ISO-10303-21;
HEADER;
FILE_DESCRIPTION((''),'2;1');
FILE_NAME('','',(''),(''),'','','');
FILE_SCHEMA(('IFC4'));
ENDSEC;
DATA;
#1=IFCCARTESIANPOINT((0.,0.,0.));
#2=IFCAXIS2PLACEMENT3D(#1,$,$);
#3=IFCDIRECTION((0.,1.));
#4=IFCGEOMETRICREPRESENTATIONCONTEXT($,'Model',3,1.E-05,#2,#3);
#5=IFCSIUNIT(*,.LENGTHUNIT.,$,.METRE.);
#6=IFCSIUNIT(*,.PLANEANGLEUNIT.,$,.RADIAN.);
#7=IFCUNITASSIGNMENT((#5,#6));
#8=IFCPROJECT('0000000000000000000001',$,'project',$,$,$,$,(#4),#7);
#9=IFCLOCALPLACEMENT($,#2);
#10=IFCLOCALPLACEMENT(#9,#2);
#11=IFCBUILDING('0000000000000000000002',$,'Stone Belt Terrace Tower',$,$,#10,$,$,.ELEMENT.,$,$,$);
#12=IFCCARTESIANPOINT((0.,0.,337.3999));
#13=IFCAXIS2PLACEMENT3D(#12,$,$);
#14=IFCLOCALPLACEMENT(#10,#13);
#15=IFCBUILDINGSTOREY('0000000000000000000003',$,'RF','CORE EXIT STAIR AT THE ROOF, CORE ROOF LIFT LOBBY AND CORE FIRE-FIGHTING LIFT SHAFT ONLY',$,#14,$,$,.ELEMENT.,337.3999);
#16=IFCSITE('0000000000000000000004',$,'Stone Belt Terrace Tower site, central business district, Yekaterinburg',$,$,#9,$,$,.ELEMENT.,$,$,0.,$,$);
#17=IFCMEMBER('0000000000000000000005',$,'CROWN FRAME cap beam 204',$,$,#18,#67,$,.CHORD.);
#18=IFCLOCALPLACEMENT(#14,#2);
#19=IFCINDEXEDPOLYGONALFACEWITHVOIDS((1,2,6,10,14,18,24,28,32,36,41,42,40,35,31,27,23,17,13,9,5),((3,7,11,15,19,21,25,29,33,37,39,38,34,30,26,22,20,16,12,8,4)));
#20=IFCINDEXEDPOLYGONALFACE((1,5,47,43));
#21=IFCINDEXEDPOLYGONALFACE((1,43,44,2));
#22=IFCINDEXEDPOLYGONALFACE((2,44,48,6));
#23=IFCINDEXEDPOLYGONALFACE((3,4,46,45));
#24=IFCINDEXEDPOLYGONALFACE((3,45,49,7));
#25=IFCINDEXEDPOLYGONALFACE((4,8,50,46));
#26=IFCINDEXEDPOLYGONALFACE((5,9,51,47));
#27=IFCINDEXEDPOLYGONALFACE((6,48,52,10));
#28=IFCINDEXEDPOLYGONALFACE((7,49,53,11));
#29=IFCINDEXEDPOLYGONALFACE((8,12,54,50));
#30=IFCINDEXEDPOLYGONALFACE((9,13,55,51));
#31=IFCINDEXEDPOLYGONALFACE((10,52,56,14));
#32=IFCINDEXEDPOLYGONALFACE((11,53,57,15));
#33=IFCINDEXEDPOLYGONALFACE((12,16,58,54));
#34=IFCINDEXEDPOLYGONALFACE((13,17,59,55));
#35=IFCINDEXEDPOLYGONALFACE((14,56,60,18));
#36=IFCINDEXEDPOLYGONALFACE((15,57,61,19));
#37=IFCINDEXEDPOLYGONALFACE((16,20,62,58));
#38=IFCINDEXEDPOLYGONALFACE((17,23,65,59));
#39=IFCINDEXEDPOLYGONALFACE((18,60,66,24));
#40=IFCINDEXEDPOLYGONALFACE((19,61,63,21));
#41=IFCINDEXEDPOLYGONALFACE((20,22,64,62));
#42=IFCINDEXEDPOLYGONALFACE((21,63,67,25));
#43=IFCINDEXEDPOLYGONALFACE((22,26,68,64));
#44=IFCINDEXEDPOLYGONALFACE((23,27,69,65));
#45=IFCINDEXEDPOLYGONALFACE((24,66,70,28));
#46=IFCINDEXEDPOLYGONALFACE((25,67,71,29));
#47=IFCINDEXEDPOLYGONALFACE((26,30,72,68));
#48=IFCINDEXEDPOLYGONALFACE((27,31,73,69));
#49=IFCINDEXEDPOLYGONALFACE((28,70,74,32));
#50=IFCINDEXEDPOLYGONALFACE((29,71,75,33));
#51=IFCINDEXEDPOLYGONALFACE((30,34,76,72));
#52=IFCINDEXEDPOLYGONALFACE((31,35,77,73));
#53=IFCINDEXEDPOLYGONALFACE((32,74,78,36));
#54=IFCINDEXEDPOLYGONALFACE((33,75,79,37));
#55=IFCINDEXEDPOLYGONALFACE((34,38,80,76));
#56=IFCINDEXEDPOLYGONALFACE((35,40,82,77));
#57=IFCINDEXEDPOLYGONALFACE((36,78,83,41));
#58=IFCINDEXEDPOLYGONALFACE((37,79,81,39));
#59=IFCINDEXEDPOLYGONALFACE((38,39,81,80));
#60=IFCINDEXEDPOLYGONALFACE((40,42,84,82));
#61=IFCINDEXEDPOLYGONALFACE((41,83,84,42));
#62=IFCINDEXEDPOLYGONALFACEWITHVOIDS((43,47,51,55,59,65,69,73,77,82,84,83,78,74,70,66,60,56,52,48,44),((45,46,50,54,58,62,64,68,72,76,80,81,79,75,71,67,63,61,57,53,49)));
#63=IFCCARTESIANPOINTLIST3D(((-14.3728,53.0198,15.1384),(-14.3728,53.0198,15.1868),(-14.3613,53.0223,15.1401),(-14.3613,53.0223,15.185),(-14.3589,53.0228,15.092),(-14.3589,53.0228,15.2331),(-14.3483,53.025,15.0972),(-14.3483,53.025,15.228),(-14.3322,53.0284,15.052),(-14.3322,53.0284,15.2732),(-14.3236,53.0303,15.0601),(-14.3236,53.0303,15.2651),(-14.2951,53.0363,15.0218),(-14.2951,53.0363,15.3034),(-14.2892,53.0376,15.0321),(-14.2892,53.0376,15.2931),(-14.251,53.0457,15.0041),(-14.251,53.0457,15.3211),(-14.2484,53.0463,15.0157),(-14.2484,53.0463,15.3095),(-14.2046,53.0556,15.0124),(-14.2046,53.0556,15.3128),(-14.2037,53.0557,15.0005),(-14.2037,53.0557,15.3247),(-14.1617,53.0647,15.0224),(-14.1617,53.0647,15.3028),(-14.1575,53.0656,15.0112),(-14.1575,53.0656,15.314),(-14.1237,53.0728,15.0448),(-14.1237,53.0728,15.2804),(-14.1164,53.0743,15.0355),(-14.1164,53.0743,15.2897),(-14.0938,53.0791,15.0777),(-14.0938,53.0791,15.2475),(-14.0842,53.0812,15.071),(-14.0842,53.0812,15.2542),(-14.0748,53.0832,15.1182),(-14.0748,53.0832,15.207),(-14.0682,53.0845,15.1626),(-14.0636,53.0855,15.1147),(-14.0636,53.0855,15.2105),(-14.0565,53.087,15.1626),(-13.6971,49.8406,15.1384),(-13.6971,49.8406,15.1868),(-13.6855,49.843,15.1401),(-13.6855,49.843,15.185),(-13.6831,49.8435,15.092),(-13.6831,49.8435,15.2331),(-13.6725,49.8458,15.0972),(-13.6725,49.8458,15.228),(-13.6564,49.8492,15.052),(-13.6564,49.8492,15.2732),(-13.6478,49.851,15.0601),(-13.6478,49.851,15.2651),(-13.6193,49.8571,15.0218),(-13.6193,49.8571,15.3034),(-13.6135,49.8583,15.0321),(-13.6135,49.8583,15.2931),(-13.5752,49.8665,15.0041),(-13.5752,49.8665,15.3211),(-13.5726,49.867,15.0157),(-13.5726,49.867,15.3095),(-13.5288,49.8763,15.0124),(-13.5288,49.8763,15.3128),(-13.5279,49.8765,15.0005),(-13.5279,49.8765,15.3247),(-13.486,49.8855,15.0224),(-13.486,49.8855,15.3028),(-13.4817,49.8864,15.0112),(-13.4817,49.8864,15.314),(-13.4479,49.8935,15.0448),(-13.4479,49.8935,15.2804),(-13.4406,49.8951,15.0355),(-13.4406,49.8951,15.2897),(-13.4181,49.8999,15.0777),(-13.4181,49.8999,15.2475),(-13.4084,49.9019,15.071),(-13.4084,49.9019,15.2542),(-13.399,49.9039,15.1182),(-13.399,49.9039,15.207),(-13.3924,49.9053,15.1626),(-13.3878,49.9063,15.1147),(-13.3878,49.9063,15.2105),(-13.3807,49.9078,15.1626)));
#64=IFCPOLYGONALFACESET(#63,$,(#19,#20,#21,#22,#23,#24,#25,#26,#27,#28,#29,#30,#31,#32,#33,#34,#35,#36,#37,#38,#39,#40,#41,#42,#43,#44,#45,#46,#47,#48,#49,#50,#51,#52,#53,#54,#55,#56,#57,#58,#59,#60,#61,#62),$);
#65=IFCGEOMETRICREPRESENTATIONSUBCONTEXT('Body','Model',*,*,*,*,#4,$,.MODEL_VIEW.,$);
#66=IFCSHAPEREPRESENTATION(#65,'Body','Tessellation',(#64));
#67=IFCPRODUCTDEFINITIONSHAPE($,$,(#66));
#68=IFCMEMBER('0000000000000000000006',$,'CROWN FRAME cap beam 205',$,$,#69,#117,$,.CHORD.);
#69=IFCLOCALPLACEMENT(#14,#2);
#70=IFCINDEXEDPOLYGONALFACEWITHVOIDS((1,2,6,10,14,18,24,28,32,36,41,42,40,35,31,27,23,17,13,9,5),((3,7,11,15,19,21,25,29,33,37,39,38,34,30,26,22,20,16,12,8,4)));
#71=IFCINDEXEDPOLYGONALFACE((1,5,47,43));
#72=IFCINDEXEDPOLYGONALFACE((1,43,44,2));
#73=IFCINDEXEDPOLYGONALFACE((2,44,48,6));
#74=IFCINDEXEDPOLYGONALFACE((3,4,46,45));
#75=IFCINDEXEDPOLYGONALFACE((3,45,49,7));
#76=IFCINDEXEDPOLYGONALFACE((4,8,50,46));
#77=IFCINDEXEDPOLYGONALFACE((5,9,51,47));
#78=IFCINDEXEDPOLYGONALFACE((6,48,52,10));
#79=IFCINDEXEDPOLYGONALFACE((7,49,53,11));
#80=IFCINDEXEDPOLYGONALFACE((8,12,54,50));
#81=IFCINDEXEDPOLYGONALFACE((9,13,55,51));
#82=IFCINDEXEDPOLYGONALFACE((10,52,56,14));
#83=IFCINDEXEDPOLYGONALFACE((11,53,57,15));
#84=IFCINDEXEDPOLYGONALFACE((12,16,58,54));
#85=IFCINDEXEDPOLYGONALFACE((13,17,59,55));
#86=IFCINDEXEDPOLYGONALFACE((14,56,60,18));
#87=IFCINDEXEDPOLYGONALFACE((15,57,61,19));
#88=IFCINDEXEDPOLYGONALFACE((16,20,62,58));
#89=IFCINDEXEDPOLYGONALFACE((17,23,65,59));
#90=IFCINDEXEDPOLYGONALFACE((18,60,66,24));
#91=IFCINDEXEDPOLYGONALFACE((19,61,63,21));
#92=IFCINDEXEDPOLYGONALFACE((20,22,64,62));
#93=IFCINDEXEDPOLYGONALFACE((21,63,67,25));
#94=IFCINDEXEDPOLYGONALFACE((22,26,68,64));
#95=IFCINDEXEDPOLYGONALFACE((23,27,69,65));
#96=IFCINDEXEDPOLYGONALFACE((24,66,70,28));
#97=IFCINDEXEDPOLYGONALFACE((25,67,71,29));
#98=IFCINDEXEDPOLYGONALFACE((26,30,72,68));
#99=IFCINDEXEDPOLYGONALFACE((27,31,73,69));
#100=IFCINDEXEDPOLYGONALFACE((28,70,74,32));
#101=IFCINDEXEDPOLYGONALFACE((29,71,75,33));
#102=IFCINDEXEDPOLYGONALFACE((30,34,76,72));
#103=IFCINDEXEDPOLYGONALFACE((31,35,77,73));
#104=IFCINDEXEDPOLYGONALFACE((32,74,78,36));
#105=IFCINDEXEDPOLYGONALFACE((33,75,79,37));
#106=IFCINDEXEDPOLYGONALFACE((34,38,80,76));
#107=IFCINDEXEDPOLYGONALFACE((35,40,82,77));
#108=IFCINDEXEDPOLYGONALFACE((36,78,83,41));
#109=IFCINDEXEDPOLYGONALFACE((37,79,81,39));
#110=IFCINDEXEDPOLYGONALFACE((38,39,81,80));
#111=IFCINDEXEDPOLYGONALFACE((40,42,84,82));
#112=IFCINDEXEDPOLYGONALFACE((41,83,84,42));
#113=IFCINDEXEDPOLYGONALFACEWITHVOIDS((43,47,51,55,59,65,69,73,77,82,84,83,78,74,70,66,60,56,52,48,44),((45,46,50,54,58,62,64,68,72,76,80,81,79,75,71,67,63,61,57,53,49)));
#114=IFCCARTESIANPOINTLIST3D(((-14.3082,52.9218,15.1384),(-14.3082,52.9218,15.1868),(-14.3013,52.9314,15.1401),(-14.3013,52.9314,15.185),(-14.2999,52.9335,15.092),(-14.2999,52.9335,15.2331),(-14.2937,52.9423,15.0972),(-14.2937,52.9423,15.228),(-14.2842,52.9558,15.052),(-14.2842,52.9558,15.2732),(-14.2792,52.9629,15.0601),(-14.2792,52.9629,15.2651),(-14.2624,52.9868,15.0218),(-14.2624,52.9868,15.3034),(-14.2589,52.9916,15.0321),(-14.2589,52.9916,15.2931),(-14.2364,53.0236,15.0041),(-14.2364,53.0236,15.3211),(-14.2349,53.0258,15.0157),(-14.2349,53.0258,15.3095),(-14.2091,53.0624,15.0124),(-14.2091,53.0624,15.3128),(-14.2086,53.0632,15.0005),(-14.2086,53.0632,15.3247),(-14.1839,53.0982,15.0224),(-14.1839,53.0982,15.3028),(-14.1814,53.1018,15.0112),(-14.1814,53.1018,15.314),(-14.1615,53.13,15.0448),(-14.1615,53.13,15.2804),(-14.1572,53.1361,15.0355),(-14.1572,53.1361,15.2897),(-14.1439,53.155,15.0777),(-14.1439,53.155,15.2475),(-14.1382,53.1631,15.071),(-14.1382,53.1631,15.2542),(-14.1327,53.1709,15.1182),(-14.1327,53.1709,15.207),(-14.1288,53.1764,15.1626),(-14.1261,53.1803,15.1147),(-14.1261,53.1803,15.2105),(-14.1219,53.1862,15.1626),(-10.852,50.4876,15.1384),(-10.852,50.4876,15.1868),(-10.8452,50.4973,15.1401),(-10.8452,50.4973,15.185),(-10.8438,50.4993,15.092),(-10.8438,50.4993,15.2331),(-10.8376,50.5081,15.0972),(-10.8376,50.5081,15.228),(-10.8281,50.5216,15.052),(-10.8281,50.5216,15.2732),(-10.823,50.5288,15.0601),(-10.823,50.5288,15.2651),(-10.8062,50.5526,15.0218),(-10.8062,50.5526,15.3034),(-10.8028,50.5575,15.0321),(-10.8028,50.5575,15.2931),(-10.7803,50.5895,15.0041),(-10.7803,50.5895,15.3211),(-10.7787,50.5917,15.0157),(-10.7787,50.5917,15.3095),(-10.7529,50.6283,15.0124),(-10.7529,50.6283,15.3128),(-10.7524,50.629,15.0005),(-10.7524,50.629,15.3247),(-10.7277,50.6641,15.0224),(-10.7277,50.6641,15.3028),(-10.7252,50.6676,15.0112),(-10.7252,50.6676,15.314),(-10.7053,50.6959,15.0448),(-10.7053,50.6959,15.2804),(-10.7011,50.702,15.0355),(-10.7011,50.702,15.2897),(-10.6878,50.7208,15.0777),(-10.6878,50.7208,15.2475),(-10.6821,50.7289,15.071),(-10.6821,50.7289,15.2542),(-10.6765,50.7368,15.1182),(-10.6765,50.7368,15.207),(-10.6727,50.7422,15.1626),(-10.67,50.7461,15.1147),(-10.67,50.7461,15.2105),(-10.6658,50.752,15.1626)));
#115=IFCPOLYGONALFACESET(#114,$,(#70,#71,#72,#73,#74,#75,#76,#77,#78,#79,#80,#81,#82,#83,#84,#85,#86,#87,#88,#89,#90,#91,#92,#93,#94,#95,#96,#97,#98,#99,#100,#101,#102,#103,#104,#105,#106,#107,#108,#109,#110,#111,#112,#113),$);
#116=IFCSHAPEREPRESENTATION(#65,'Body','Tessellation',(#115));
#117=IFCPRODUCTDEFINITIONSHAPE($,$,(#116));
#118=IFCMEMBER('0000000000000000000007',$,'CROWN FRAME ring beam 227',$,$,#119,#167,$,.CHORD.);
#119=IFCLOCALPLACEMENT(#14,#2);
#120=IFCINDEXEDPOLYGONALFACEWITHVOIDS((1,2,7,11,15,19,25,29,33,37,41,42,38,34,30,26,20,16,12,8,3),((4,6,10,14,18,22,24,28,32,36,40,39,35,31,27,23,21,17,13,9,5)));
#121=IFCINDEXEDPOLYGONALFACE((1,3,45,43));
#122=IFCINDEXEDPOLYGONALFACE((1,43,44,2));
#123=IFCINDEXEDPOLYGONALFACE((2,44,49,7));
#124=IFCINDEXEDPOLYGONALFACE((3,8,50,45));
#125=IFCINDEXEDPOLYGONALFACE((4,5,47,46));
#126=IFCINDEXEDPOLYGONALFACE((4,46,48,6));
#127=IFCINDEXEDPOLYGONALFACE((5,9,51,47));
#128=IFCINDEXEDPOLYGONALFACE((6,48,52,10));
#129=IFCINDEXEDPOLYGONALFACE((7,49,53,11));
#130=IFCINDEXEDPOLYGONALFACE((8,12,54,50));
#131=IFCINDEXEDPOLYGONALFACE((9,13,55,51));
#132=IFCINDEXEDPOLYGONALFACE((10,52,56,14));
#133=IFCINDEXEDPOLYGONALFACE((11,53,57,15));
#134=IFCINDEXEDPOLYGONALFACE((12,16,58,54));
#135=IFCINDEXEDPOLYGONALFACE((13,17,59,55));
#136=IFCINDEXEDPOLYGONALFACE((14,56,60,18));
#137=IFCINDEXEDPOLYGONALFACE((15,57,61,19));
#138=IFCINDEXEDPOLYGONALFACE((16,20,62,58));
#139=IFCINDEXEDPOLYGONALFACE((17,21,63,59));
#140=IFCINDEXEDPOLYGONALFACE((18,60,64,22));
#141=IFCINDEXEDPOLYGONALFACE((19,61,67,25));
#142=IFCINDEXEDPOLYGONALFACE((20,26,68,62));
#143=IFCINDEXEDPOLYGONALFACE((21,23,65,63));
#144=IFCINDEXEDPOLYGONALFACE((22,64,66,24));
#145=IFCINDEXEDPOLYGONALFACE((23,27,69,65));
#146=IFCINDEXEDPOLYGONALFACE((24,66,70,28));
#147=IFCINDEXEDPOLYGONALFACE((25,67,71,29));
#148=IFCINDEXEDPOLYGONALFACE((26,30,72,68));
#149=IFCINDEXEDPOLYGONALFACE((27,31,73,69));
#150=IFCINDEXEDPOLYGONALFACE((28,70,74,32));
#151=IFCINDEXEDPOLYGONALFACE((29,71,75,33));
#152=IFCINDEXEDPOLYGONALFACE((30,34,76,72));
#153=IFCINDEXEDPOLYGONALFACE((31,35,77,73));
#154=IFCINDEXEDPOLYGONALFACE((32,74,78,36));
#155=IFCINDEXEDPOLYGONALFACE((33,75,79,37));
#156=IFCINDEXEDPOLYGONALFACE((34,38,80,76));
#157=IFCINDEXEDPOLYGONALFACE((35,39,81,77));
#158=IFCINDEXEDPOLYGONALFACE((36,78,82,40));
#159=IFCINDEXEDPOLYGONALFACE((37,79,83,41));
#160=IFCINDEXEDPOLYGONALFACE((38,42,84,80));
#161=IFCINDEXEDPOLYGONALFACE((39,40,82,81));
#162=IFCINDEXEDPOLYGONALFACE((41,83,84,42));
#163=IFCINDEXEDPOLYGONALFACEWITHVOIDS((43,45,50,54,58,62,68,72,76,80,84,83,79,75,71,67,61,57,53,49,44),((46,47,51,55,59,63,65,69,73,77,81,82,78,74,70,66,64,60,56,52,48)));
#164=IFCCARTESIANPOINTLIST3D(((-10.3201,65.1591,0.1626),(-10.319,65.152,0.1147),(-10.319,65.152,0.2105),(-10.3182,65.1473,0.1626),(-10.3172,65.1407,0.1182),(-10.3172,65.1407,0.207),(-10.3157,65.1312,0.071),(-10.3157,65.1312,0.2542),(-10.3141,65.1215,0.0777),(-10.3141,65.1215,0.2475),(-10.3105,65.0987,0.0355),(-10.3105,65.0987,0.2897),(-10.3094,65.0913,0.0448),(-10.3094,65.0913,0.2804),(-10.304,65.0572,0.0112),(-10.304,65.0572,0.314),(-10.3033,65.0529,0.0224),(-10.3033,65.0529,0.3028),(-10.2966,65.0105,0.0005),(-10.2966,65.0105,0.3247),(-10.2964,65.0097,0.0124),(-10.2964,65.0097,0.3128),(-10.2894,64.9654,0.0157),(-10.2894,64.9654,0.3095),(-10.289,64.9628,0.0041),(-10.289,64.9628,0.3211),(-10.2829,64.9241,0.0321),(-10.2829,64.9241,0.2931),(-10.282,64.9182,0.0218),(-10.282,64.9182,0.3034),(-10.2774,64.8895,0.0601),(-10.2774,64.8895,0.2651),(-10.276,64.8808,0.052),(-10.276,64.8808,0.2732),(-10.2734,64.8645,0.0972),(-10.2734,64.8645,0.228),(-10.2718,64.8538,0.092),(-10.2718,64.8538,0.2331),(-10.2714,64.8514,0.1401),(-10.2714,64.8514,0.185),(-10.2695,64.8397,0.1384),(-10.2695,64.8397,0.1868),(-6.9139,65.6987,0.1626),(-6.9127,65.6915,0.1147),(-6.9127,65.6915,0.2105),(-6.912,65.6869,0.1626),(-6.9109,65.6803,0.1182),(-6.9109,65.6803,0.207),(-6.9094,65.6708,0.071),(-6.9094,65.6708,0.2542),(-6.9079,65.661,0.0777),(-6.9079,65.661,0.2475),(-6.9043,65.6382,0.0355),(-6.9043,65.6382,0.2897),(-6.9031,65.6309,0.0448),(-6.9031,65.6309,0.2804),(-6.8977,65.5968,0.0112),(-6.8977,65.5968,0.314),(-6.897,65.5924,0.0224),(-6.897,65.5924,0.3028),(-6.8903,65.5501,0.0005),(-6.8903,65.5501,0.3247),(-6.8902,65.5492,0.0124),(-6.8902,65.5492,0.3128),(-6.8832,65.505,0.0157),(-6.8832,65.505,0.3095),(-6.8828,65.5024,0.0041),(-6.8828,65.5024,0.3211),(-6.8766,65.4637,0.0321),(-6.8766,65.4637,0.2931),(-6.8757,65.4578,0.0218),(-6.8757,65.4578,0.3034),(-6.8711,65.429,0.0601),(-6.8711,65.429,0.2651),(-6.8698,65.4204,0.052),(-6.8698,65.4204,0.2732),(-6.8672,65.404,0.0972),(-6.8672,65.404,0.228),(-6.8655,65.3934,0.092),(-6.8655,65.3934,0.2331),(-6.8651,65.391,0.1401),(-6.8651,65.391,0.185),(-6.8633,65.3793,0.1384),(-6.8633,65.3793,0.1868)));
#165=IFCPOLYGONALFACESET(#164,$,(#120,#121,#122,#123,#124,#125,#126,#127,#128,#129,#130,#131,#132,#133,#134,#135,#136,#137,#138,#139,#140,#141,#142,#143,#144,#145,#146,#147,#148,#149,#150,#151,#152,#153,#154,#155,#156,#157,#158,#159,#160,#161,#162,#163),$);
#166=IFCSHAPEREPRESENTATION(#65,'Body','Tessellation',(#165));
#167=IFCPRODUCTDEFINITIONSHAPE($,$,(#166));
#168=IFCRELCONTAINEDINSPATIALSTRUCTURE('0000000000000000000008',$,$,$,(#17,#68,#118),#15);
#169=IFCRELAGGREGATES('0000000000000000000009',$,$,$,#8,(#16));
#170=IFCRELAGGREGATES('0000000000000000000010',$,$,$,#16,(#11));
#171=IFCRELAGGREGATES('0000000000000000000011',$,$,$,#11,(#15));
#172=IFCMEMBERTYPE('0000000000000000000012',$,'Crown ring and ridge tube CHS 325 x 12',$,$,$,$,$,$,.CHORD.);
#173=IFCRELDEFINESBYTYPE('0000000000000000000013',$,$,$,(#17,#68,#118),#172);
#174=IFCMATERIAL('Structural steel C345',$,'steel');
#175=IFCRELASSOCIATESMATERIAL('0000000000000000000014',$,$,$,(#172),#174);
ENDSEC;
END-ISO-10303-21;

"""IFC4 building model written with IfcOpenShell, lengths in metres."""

from ifc_helpers import new_model, si_unit, direction, frame, origin, origin_2d, place, context, subcontext, project, spatial, hollow_circle, extrude, material, material_profile, profile_set, type_object, element, save


model = new_model("IFC4")

# Units and contexts
model_context = context("Model", 3, precision=1e-05, world=origin(), true_north=direction((0.0, 1.0)))
body_context = subcontext(model_context, "Body", "Model", "MODEL_VIEW")
ifc_project = project(units=[si_unit("LENGTHUNIT", "METRE"), si_unit("PLANEANGLEUNIT", "RADIAN")], contexts=[model_context])

# Site, building, storey
site_placement = place(None, origin())
site = spatial("IfcSite", under=ifc_project, at=site_placement, Name="Stone Belt Terrace Tower site, central business district, Yekaterinburg", CompositionType="ELEMENT", RefElevation=0.0)
building_placement = place(site_placement, origin())
building = spatial("IfcBuilding", under=site, at=building_placement, Name="Stone Belt Terrace Tower", CompositionType="ELEMENT")
storey_placement = place(building_placement, frame((0.0, 0.0, 337.3999)))
storey = spatial("IfcBuildingStorey", under=building, at=storey_placement, Name="RF", Description="CORE EXIT STAIR AT THE ROOF, CORE ROOF LIFT LOBBY AND CORE FIRE-FIGHTING LIFT SHAFT ONLY", CompositionType="ELEMENT", Elevation=337.3999)

# Members
ifc_material_1 = material(Name="Structural steel C345", Category="steel")
ifc_material_profile_1 = material_profile(ifc_material_1, hollow_circle(Radius=0.1626, WallThickness=0.012, at=origin_2d()), Name="Structural steel C345 CHS 325x12")
ifc_profile_set_1 = profile_set([ifc_material_profile_1], Name="Structural steel C345")
member_type_1 = type_object("IfcMemberType", Name="Crown ring and ridge tube CHS 325 x 12", PredefinedType="CHORD", material=ifc_profile_set_1)
member_1_placement = place(storey_placement, frame((-14.2156, 53.0532, 15.1626), z_axis=(0.207918, -0.978146, 0.0), x_axis=(0.978146, 0.207918, 0.0)))
element("IfcMember", 1, at=member_1_placement, inside=storey, type_object=member_type_1, Name="CROWN FRAME cap beam 204", PredefinedType="CHORD", context=body_context, shape_type="SweptSolid", body=[
    extrude(hollow_circle(Radius=0.1626, WallThickness=0.012, at=origin_2d()), origin(), (0.0, 0.0, 1.0), 3.2502),
])
member_2_placement = place(storey_placement, frame((-14.2156, 53.0532, 15.1626), z_axis=(0.817579, -0.575817, 0.0), x_axis=(0.575817, 0.817579, 0.0)))
element("IfcMember", 2, at=member_2_placement, inside=storey, type_object=member_type_1, Name="CROWN FRAME cap beam 205", PredefinedType="CHORD", context=body_context, shape_type="SweptSolid", body=[
    extrude(hollow_circle(Radius=0.1626, WallThickness=0.012, at=origin_2d()), origin(), (0.0, 0.0, 1.0), 4.2273),
])
member_3_placement = place(storey_placement, frame((-10.2947, 64.9985, 0.1626), z_axis=(0.987686, 0.15645, 0.0), x_axis=(-0.15645, 0.987686, 0.0)))
element("IfcMember", 3, at=member_3_placement, inside=storey, type_object=member_type_1, Name="CROWN FRAME ring beam 227", PredefinedType="CHORD", context=body_context, shape_type="SweptSolid", body=[
    extrude(hollow_circle(Radius=0.1626, WallThickness=0.012, at=origin_2d()), origin(), (0.0, 0.0, 1.0), 3.4487),
])

save(model, "model.ifc")
